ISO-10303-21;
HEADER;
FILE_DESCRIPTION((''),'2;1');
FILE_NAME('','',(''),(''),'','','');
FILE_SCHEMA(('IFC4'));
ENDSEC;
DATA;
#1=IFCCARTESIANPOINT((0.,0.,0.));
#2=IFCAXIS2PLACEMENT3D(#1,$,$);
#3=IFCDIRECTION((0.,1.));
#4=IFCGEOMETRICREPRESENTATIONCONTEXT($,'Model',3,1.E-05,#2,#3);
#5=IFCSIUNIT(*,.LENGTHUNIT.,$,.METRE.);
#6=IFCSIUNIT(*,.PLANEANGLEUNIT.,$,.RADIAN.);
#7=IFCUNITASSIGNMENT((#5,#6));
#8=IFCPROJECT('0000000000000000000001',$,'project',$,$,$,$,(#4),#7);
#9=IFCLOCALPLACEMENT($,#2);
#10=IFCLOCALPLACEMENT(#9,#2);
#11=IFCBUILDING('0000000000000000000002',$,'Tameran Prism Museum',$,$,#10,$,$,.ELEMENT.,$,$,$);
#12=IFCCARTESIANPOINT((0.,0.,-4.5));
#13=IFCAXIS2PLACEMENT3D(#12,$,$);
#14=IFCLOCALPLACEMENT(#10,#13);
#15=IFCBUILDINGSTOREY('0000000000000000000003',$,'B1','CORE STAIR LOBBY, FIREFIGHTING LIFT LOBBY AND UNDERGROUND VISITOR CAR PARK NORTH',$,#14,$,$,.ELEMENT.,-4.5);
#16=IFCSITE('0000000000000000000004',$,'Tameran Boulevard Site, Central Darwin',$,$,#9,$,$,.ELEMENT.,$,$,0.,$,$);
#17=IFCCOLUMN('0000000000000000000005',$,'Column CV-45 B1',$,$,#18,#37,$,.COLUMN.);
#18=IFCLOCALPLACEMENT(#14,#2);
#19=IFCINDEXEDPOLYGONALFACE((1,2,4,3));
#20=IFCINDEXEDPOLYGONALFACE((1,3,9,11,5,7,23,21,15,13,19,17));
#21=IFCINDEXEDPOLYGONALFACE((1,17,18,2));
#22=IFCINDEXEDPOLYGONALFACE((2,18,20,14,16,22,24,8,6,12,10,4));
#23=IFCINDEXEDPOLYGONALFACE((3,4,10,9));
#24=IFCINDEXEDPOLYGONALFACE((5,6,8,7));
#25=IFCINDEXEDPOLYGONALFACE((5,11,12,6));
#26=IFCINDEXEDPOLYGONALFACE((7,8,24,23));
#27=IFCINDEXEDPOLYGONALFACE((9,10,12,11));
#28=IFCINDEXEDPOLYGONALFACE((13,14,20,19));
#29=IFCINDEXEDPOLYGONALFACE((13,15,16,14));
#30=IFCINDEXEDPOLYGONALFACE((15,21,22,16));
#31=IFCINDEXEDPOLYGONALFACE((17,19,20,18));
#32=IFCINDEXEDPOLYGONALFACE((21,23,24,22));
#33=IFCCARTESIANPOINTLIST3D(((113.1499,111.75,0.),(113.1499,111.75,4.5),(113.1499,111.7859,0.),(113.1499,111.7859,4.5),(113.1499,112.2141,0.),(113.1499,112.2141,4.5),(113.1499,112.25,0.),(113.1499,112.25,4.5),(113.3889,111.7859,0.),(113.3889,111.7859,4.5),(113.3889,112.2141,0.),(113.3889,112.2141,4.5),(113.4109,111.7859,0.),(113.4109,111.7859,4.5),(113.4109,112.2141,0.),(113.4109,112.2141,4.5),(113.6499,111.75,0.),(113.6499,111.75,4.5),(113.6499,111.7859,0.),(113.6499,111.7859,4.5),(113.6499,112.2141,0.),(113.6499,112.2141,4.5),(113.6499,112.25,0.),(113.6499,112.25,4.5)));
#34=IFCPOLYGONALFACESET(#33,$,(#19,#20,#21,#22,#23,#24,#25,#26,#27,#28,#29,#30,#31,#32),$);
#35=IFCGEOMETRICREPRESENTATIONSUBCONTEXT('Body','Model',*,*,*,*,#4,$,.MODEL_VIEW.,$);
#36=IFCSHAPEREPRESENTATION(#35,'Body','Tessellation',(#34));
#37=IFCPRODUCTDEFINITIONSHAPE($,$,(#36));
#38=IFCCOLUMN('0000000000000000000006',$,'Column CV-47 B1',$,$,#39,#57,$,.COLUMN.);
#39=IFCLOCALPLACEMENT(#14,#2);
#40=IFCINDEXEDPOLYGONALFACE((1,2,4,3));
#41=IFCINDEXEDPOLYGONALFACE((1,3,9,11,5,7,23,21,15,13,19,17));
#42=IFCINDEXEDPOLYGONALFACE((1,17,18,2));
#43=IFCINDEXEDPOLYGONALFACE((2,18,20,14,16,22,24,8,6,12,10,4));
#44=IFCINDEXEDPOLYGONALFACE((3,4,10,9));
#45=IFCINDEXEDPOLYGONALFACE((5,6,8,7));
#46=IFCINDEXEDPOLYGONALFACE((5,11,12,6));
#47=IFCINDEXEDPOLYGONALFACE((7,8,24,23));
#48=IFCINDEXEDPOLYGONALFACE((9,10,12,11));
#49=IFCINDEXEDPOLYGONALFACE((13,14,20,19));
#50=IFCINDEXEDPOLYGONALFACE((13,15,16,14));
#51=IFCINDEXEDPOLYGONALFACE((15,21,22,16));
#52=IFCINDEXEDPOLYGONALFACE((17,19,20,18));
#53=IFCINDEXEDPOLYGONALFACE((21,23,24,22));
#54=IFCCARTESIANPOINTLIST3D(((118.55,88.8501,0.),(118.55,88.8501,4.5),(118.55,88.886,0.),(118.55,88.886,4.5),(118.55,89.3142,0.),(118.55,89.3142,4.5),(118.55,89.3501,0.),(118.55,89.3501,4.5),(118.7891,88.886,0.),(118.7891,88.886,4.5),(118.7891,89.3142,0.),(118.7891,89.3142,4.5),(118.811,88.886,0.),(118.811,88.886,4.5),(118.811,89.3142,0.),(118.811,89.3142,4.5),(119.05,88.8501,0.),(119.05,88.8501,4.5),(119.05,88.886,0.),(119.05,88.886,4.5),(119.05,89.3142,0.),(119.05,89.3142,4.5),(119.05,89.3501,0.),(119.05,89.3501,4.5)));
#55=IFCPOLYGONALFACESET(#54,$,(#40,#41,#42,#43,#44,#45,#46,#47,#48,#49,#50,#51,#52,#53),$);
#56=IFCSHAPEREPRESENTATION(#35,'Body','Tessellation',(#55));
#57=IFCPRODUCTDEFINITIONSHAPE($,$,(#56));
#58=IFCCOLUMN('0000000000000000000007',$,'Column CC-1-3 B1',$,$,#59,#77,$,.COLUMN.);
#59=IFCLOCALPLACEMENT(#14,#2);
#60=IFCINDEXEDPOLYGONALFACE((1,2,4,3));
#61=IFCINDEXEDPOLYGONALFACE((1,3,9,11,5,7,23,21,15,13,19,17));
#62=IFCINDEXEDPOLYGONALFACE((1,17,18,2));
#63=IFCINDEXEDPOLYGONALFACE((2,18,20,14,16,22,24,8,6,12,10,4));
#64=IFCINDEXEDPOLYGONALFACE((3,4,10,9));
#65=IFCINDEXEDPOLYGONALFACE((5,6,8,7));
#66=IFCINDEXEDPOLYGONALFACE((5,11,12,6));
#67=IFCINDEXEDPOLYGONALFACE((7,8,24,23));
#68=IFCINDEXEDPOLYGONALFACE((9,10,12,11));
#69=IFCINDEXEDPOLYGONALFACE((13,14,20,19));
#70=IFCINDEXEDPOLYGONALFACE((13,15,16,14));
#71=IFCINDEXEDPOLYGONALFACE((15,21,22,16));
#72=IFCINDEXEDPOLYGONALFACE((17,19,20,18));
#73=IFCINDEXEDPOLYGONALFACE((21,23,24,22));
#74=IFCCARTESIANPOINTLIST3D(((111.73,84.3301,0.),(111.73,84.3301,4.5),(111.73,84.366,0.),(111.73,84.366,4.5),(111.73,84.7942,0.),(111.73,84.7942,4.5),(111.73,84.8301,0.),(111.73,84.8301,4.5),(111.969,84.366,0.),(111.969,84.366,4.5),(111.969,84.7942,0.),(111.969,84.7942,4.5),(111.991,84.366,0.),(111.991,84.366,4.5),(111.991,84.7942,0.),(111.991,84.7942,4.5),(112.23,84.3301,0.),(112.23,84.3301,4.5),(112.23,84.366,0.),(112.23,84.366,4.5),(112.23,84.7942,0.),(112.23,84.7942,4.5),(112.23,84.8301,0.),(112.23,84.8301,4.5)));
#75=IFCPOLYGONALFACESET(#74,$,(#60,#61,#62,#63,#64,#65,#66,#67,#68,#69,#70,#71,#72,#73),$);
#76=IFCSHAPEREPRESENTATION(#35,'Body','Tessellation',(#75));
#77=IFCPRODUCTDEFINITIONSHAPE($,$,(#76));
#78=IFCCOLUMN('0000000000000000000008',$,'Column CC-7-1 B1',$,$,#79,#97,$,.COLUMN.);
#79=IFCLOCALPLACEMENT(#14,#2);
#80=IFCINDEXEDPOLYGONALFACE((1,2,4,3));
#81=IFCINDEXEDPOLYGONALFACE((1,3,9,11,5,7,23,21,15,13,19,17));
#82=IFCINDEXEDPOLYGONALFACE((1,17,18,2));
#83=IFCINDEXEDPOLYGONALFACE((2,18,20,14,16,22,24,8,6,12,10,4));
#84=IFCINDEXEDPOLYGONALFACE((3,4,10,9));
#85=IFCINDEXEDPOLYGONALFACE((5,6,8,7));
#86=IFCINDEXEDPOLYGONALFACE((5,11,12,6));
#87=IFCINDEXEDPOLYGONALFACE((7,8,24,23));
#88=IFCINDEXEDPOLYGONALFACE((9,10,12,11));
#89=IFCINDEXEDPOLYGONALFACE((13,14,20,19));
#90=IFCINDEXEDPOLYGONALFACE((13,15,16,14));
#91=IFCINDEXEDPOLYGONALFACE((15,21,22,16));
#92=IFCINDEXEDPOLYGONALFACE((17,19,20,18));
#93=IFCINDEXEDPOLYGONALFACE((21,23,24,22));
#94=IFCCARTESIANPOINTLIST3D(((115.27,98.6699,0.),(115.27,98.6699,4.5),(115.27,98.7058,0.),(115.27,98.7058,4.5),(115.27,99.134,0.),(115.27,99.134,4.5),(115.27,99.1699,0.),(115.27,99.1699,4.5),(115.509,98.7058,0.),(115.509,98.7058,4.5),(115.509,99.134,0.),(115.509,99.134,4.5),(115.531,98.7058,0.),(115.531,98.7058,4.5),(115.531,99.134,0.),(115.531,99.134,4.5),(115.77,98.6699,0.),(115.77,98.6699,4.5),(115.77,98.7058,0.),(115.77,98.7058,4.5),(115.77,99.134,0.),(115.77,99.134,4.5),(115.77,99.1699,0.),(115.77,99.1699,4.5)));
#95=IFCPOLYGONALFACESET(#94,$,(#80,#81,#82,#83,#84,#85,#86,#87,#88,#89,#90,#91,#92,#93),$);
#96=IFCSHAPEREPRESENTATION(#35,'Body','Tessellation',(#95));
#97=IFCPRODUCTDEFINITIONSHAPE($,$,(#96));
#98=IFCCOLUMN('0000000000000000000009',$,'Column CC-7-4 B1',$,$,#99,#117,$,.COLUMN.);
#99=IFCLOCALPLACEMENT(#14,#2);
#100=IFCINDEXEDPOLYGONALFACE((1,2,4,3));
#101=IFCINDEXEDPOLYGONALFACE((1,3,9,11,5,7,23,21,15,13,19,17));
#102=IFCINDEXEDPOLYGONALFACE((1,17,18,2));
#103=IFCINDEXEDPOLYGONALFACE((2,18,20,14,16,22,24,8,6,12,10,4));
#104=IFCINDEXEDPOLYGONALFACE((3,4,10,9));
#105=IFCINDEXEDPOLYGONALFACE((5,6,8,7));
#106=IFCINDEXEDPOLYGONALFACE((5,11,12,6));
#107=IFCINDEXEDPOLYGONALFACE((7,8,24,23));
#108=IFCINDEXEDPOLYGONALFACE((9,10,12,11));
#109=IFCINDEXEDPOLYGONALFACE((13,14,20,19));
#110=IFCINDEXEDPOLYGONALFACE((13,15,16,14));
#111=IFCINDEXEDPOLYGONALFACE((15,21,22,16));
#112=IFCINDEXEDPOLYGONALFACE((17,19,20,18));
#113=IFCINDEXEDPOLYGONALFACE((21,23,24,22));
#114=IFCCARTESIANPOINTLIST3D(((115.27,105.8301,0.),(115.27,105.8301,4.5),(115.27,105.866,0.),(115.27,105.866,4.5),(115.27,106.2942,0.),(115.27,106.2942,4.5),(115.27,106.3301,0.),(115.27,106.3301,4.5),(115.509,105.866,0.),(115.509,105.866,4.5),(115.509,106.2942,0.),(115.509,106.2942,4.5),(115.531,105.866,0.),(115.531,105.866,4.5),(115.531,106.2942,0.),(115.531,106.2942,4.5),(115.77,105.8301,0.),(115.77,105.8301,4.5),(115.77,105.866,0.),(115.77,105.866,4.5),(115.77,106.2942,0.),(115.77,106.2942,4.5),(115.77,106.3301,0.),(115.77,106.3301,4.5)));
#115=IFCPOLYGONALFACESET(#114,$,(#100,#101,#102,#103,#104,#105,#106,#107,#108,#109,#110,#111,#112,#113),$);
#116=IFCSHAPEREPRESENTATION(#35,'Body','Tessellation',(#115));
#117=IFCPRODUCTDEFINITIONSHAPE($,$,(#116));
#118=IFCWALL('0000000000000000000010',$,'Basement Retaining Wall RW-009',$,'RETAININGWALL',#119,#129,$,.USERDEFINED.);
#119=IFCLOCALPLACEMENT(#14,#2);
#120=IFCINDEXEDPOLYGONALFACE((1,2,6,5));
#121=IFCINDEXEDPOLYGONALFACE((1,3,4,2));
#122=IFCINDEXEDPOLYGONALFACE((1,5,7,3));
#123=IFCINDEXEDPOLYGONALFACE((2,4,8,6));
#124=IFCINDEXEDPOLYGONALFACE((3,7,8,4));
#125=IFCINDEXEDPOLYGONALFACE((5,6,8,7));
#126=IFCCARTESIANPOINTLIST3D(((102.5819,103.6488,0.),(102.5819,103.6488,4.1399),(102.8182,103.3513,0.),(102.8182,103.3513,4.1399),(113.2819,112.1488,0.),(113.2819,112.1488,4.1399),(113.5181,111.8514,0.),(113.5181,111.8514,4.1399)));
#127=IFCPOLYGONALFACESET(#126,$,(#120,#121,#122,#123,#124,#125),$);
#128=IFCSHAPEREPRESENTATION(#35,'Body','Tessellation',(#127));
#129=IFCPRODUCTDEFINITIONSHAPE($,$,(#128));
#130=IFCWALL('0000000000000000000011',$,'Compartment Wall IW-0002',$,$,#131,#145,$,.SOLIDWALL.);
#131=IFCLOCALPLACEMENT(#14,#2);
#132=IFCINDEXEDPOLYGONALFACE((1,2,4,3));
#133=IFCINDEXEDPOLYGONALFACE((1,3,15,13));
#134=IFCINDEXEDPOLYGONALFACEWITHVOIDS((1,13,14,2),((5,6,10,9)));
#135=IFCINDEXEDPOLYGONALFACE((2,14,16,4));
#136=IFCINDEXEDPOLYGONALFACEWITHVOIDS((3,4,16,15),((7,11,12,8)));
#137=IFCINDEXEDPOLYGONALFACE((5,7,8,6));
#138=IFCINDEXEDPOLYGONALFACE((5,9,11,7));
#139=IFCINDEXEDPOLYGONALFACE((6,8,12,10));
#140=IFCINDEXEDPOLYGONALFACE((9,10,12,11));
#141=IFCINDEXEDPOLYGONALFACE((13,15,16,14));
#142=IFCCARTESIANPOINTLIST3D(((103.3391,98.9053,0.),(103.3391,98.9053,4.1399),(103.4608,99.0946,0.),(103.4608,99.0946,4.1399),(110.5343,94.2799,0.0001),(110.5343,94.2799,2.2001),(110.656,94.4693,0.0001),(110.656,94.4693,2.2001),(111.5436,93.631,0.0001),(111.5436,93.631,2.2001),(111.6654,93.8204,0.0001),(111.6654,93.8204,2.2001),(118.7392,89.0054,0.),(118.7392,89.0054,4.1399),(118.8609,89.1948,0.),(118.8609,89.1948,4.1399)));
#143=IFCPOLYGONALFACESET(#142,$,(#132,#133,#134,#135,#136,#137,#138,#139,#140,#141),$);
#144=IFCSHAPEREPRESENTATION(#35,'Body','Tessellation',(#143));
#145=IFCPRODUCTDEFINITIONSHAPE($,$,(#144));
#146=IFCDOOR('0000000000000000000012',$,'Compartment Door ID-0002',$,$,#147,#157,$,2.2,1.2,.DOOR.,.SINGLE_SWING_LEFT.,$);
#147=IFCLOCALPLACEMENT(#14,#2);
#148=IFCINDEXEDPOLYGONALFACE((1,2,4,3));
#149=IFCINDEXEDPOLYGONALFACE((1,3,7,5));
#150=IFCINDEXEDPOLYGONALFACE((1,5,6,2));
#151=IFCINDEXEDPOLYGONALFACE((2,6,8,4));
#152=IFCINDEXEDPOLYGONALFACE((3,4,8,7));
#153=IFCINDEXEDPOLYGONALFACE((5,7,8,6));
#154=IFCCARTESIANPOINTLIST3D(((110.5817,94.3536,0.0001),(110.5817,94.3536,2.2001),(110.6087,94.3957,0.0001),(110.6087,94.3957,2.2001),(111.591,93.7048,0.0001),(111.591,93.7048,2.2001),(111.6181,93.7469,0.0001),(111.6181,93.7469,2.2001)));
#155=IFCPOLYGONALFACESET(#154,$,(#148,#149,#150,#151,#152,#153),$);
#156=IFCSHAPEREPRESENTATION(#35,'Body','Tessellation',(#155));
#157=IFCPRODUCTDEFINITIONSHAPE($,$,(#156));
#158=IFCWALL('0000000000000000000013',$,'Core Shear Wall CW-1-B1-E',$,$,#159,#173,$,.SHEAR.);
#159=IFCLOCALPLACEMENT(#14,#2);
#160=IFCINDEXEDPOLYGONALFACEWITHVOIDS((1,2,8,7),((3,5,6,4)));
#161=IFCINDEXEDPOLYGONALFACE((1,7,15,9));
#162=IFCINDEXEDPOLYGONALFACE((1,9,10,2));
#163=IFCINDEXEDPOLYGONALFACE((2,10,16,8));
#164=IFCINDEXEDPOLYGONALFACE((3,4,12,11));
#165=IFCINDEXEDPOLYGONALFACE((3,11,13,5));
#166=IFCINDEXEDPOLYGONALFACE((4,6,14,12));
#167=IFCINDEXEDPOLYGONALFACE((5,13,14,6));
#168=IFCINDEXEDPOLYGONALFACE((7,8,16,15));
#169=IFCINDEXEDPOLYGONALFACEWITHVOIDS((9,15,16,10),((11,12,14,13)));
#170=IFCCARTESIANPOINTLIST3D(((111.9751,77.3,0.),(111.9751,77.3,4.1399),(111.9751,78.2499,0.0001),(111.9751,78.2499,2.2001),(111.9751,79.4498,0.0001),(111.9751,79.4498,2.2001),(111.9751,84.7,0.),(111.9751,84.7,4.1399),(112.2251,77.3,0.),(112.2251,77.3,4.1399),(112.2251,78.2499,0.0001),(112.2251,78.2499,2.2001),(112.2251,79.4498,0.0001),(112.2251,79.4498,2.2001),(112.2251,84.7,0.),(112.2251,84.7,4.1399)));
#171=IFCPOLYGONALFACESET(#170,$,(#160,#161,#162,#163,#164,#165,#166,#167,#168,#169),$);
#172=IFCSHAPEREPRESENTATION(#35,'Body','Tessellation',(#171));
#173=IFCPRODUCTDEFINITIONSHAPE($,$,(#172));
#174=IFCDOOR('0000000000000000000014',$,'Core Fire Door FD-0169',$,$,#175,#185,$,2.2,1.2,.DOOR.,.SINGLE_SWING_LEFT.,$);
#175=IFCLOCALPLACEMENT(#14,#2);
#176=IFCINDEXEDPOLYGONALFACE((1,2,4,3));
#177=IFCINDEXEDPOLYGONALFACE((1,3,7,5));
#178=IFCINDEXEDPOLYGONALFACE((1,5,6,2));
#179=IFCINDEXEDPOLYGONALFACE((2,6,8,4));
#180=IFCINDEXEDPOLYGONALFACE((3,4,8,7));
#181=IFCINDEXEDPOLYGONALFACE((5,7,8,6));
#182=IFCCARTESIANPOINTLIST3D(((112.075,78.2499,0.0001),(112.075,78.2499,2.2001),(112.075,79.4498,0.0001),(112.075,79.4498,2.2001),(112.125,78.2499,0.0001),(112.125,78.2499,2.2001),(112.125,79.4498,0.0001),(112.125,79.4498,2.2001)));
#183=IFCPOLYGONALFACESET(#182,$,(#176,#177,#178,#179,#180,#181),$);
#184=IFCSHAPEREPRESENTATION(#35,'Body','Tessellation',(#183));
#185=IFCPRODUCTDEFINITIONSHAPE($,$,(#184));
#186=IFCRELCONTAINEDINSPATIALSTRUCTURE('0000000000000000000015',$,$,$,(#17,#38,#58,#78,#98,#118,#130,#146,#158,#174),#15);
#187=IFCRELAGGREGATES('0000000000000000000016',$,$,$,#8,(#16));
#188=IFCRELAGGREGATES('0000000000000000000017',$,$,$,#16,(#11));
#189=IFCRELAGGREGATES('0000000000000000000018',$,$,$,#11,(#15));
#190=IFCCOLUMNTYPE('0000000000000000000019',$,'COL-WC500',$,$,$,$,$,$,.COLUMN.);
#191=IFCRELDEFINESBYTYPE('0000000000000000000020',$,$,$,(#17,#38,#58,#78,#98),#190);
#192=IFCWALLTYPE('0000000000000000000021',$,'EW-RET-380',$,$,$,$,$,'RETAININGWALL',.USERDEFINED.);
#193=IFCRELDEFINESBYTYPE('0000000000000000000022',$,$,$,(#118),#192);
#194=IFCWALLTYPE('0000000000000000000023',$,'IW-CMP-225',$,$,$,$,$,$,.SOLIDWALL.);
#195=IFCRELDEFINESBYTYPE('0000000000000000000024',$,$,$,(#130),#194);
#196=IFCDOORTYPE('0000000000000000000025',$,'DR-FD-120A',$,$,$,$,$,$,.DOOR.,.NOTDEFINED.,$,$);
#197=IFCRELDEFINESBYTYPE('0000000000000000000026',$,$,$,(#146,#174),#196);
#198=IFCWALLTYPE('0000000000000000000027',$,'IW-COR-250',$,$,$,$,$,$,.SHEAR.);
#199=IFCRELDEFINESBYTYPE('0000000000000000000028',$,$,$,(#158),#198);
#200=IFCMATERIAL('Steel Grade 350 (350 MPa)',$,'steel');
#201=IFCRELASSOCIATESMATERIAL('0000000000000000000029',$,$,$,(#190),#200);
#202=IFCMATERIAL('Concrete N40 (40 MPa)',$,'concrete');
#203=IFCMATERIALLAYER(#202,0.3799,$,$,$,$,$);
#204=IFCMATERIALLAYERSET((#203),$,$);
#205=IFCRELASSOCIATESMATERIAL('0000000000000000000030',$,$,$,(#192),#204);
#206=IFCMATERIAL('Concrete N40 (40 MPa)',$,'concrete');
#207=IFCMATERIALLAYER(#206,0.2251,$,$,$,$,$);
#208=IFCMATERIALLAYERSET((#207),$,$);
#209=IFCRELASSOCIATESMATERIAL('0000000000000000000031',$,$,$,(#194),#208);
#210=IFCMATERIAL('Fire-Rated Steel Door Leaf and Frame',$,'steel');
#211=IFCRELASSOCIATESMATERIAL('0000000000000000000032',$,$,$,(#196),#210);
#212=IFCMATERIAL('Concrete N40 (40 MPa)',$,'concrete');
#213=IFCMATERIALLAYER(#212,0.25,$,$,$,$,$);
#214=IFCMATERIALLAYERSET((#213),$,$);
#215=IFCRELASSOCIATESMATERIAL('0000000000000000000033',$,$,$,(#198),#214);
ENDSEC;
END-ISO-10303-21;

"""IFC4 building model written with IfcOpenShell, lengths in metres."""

from ifc_helpers import new_model, si_unit, direction, frame, frame_2d, origin, origin_2d, place, context, subcontext, project, spatial, rectangle, i_section, extrude, material, layer, layer_set, material_profile, profile_set, type_object, element, fill, save


model = new_model("IFC4")

# Units and contexts
model_context = context("Model", 3, precision=1e-05, world=origin(), true_north=direction((0.0, 1.0)))
body_context = subcontext(model_context, "Body", "Model", "MODEL_VIEW")
ifc_project = project(units=[si_unit("LENGTHUNIT", "METRE"), si_unit("PLANEANGLEUNIT", "RADIAN")], contexts=[model_context])

# Site, building, storey
site_placement = place(None, origin())
site = spatial("IfcSite", under=ifc_project, at=site_placement, Name="Tameran Boulevard Site, Central Darwin", CompositionType="ELEMENT", RefElevation=0.0)
building_placement = place(site_placement, origin())
building = spatial("IfcBuilding", under=site, at=building_placement, Name="Tameran Prism Museum", CompositionType="ELEMENT")
storey_placement = place(building_placement, frame((0.0, 0.0, -4.5)))
storey = spatial("IfcBuildingStorey", under=building, at=storey_placement, Name="B1", Description="CORE STAIR LOBBY, FIREFIGHTING LIFT LOBBY AND UNDERGROUND VISITOR CAR PARK NORTH", CompositionType="ELEMENT", Elevation=-4.5)

# Columns
ifc_material_1 = material(Name="Steel Grade 350 (350 MPa)", Category="steel")
ifc_material_profile_1 = material_profile(ifc_material_1, i_section(OverallWidth=0.5, OverallDepth=0.5, WebThickness=0.022, FlangeThickness=0.0359, at=origin_2d()))
ifc_profile_set_1 = profile_set([ifc_material_profile_1])
column_type = type_object("IfcColumnType", Name="COL-WC500", PredefinedType="COLUMN", material=ifc_profile_set_1)
for number, where, z_axis, x_axis, name in (
    (1, (113.3999, 112.0, 0.0), (0.0, 0.0, 1.0), (1.0, 0.0, 0.0), "Column CV-45 B1"),
    (2, (118.8, 89.1001, 0.0), (0.0, 0.0, 1.0), (1.0, 0.0, 0.0), "Column CV-47 B1"),
    (3, (111.98, 84.5801, 0.0), (0.0, 0.0, 1.0), (1.0, 0.0, 0.0), "Column CC-1-3 B1"),
    (4, (115.52, 98.9199, 0.0), (0.0, 0.0, 1.0), (1.0, 0.0, 0.0), "Column CC-7-1 B1"),
    (5, (115.52, 106.0801, 0.0), (0.0, 0.0, 1.0), (1.0, 0.0, 0.0), "Column CC-7-4 B1"),
):
    element("IfcColumn", number, at=place(storey_placement, frame(where, z_axis=z_axis, x_axis=x_axis)), inside=storey, type_object=column_type, Name=name, PredefinedType="COLUMN", context=body_context, shape_type="SweptSolid", body=[
        extrude(i_section(OverallWidth=0.5, OverallDepth=0.5, WebThickness=0.022, FlangeThickness=0.0359, at=origin_2d()), origin(), (0.0, 0.0, 1.0), 4.5),
    ])

# Wall
ifc_material_2 = material(Name="Concrete N40 (40 MPa)", Category="concrete")
ifc_layer_1 = layer(ifc_material_2, 0.3799)
ifc_layer_set_1 = layer_set([ifc_layer_1])
wall_type_1 = type_object("IfcWallType", Name="EW-RET-380", ElementType="RETAININGWALL", PredefinedType="USERDEFINED", material=ifc_layer_set_1)
wall_1_placement = place(storey_placement, frame((113.3999, 112.0, 0.0), z_axis=(0.0, 0.0, 1.0), x_axis=(-0.783005, -0.622016, 0.0)))
element("IfcWall", 6, at=wall_1_placement, inside=storey, type_object=wall_type_1, Name="Basement Retaining Wall RW-009", ObjectType="RETAININGWALL", PredefinedType="USERDEFINED", context=body_context, shape_type="SweptSolid", body=[
    extrude(rectangle(XDim=13.6653, YDim=0.3799, at=frame_2d((6.8325, 0.0))), origin(), (0.0, 0.0, 1.0), 4.1399),
])

# Walls, openings, doors
ifc_material_3 = material(Name="Concrete N40 (40 MPa)", Category="concrete")
ifc_layer_2 = layer(ifc_material_3, 0.2251)
ifc_layer_set_2 = layer_set([ifc_layer_2])
wall_type_2 = type_object("IfcWallType", Name="IW-CMP-225", PredefinedType="SOLIDWALL", material=ifc_layer_set_2)
wall_2_placement = place(storey_placement, frame((118.8, 89.1001, 0.0), z_axis=(0.0, 0.0, 1.0), x_axis=(-0.841183, 0.54075, 0.0)))
wall_2 = element("IfcWall", 7, at=wall_2_placement, inside=storey, type_object=wall_type_2, Name="Compartment Wall IW-0002", PredefinedType="SOLIDWALL", context=body_context, shape_type="SweptSolid", body=[
    extrude(rectangle(XDim=18.3076, YDim=0.2251, at=frame_2d((9.1538, 0.0))), origin(), (0.0, 0.0, 1.0), 4.1399),
])
opening_1_placement = place(wall_2_placement, frame((8.554, 0.0, 0.0)))
opening_1 = element("IfcOpeningElement", 8, at=opening_1_placement, cuts=wall_2, PredefinedType="OPENING", context=body_context, shape_type="SweptSolid", body=[
    extrude(rectangle(XDim=1.2, YDim=2.2, at=frame_2d((0.6001, 1.1001))), frame((0.0, 0.1226, 0.0), z_axis=(0.0, -1.0, 0.0), x_axis=(1.0, 0.0, 0.0)), (0.0, 0.0, 1.0), 0.2451),
])
ifc_material_4 = material(Name="Fire-Rated Steel Door Leaf and Frame", Category="steel")
door_type = type_object("IfcDoorType", Name="DR-FD-120A", OperationType="NOTDEFINED", PredefinedType="DOOR", material=ifc_material_4)
door_1_placement = place(opening_1_placement, origin())
door_1 = element("IfcDoor", 9, at=door_1_placement, inside=storey, type_object=door_type, Name="Compartment Door ID-0002", OperationType="SINGLE_SWING_LEFT", OverallHeight=2.2, OverallWidth=1.2, PredefinedType="DOOR", context=body_context, shape_type="SweptSolid", body=[
    extrude(rectangle(XDim=1.2, YDim=2.2, at=frame_2d((0.6001, 1.1001))), frame((0.0, 0.0249, 0.0), z_axis=(0.0, -1.0, 0.0), x_axis=(1.0, 0.0, 0.0)), (0.0, 0.0, 1.0), 0.05),
])
fill(opening_1, door_1)
ifc_material_5 = material(Name="Concrete N40 (40 MPa)", Category="concrete")
ifc_layer_3 = layer(ifc_material_5, 0.25)
ifc_layer_set_3 = layer_set([ifc_layer_3])
wall_type_3 = type_object("IfcWallType", Name="IW-COR-250", PredefinedType="SHEAR", material=ifc_layer_set_3)
wall_3_placement = place(storey_placement, frame((112.1001, 84.7, 0.0), z_axis=(0.0, 0.0, 1.0), x_axis=(0.0, -1.0, 0.0)))
wall_3 = element("IfcWall", 10, at=wall_3_placement, inside=storey, type_object=wall_type_3, Name="Core Shear Wall CW-1-B1-E", PredefinedType="SHEAR", context=body_context, shape_type="SweptSolid", body=[
    extrude(rectangle(XDim=7.3999, YDim=0.25, at=frame_2d((3.7, 0.0))), origin(), (0.0, 0.0, 1.0), 4.1399),
])
opening_2_placement = place(wall_3_placement, frame((5.25, 0.0, 0.0)))
opening_2 = element("IfcOpeningElement", 11, at=opening_2_placement, cuts=wall_3, PredefinedType="OPENING", context=body_context, shape_type="SweptSolid", body=[
    extrude(rectangle(XDim=1.2, YDim=2.2, at=frame_2d((0.6001, 1.1001))), frame((0.0, 0.135, 0.0), z_axis=(0.0, -1.0, 0.0), x_axis=(1.0, 0.0, 0.0)), (0.0, 0.0, 1.0), 0.27),
])
door_2_placement = place(opening_2_placement, origin())
door_2 = element("IfcDoor", 12, at=door_2_placement, inside=storey, type_object=door_type, Name="Core Fire Door FD-0169", OperationType="SINGLE_SWING_LEFT", OverallHeight=2.2, OverallWidth=1.2, PredefinedType="DOOR", context=body_context, shape_type="SweptSolid", body=[
    extrude(rectangle(XDim=1.2, YDim=2.2, at=frame_2d((0.6001, 1.1001))), frame((0.0, 0.0249, 0.0), z_axis=(0.0, -1.0, 0.0), x_axis=(1.0, 0.0, 0.0)), (0.0, 0.0, 1.0), 0.05),
])
fill(opening_2, door_2)

save(model, "model.ifc")
